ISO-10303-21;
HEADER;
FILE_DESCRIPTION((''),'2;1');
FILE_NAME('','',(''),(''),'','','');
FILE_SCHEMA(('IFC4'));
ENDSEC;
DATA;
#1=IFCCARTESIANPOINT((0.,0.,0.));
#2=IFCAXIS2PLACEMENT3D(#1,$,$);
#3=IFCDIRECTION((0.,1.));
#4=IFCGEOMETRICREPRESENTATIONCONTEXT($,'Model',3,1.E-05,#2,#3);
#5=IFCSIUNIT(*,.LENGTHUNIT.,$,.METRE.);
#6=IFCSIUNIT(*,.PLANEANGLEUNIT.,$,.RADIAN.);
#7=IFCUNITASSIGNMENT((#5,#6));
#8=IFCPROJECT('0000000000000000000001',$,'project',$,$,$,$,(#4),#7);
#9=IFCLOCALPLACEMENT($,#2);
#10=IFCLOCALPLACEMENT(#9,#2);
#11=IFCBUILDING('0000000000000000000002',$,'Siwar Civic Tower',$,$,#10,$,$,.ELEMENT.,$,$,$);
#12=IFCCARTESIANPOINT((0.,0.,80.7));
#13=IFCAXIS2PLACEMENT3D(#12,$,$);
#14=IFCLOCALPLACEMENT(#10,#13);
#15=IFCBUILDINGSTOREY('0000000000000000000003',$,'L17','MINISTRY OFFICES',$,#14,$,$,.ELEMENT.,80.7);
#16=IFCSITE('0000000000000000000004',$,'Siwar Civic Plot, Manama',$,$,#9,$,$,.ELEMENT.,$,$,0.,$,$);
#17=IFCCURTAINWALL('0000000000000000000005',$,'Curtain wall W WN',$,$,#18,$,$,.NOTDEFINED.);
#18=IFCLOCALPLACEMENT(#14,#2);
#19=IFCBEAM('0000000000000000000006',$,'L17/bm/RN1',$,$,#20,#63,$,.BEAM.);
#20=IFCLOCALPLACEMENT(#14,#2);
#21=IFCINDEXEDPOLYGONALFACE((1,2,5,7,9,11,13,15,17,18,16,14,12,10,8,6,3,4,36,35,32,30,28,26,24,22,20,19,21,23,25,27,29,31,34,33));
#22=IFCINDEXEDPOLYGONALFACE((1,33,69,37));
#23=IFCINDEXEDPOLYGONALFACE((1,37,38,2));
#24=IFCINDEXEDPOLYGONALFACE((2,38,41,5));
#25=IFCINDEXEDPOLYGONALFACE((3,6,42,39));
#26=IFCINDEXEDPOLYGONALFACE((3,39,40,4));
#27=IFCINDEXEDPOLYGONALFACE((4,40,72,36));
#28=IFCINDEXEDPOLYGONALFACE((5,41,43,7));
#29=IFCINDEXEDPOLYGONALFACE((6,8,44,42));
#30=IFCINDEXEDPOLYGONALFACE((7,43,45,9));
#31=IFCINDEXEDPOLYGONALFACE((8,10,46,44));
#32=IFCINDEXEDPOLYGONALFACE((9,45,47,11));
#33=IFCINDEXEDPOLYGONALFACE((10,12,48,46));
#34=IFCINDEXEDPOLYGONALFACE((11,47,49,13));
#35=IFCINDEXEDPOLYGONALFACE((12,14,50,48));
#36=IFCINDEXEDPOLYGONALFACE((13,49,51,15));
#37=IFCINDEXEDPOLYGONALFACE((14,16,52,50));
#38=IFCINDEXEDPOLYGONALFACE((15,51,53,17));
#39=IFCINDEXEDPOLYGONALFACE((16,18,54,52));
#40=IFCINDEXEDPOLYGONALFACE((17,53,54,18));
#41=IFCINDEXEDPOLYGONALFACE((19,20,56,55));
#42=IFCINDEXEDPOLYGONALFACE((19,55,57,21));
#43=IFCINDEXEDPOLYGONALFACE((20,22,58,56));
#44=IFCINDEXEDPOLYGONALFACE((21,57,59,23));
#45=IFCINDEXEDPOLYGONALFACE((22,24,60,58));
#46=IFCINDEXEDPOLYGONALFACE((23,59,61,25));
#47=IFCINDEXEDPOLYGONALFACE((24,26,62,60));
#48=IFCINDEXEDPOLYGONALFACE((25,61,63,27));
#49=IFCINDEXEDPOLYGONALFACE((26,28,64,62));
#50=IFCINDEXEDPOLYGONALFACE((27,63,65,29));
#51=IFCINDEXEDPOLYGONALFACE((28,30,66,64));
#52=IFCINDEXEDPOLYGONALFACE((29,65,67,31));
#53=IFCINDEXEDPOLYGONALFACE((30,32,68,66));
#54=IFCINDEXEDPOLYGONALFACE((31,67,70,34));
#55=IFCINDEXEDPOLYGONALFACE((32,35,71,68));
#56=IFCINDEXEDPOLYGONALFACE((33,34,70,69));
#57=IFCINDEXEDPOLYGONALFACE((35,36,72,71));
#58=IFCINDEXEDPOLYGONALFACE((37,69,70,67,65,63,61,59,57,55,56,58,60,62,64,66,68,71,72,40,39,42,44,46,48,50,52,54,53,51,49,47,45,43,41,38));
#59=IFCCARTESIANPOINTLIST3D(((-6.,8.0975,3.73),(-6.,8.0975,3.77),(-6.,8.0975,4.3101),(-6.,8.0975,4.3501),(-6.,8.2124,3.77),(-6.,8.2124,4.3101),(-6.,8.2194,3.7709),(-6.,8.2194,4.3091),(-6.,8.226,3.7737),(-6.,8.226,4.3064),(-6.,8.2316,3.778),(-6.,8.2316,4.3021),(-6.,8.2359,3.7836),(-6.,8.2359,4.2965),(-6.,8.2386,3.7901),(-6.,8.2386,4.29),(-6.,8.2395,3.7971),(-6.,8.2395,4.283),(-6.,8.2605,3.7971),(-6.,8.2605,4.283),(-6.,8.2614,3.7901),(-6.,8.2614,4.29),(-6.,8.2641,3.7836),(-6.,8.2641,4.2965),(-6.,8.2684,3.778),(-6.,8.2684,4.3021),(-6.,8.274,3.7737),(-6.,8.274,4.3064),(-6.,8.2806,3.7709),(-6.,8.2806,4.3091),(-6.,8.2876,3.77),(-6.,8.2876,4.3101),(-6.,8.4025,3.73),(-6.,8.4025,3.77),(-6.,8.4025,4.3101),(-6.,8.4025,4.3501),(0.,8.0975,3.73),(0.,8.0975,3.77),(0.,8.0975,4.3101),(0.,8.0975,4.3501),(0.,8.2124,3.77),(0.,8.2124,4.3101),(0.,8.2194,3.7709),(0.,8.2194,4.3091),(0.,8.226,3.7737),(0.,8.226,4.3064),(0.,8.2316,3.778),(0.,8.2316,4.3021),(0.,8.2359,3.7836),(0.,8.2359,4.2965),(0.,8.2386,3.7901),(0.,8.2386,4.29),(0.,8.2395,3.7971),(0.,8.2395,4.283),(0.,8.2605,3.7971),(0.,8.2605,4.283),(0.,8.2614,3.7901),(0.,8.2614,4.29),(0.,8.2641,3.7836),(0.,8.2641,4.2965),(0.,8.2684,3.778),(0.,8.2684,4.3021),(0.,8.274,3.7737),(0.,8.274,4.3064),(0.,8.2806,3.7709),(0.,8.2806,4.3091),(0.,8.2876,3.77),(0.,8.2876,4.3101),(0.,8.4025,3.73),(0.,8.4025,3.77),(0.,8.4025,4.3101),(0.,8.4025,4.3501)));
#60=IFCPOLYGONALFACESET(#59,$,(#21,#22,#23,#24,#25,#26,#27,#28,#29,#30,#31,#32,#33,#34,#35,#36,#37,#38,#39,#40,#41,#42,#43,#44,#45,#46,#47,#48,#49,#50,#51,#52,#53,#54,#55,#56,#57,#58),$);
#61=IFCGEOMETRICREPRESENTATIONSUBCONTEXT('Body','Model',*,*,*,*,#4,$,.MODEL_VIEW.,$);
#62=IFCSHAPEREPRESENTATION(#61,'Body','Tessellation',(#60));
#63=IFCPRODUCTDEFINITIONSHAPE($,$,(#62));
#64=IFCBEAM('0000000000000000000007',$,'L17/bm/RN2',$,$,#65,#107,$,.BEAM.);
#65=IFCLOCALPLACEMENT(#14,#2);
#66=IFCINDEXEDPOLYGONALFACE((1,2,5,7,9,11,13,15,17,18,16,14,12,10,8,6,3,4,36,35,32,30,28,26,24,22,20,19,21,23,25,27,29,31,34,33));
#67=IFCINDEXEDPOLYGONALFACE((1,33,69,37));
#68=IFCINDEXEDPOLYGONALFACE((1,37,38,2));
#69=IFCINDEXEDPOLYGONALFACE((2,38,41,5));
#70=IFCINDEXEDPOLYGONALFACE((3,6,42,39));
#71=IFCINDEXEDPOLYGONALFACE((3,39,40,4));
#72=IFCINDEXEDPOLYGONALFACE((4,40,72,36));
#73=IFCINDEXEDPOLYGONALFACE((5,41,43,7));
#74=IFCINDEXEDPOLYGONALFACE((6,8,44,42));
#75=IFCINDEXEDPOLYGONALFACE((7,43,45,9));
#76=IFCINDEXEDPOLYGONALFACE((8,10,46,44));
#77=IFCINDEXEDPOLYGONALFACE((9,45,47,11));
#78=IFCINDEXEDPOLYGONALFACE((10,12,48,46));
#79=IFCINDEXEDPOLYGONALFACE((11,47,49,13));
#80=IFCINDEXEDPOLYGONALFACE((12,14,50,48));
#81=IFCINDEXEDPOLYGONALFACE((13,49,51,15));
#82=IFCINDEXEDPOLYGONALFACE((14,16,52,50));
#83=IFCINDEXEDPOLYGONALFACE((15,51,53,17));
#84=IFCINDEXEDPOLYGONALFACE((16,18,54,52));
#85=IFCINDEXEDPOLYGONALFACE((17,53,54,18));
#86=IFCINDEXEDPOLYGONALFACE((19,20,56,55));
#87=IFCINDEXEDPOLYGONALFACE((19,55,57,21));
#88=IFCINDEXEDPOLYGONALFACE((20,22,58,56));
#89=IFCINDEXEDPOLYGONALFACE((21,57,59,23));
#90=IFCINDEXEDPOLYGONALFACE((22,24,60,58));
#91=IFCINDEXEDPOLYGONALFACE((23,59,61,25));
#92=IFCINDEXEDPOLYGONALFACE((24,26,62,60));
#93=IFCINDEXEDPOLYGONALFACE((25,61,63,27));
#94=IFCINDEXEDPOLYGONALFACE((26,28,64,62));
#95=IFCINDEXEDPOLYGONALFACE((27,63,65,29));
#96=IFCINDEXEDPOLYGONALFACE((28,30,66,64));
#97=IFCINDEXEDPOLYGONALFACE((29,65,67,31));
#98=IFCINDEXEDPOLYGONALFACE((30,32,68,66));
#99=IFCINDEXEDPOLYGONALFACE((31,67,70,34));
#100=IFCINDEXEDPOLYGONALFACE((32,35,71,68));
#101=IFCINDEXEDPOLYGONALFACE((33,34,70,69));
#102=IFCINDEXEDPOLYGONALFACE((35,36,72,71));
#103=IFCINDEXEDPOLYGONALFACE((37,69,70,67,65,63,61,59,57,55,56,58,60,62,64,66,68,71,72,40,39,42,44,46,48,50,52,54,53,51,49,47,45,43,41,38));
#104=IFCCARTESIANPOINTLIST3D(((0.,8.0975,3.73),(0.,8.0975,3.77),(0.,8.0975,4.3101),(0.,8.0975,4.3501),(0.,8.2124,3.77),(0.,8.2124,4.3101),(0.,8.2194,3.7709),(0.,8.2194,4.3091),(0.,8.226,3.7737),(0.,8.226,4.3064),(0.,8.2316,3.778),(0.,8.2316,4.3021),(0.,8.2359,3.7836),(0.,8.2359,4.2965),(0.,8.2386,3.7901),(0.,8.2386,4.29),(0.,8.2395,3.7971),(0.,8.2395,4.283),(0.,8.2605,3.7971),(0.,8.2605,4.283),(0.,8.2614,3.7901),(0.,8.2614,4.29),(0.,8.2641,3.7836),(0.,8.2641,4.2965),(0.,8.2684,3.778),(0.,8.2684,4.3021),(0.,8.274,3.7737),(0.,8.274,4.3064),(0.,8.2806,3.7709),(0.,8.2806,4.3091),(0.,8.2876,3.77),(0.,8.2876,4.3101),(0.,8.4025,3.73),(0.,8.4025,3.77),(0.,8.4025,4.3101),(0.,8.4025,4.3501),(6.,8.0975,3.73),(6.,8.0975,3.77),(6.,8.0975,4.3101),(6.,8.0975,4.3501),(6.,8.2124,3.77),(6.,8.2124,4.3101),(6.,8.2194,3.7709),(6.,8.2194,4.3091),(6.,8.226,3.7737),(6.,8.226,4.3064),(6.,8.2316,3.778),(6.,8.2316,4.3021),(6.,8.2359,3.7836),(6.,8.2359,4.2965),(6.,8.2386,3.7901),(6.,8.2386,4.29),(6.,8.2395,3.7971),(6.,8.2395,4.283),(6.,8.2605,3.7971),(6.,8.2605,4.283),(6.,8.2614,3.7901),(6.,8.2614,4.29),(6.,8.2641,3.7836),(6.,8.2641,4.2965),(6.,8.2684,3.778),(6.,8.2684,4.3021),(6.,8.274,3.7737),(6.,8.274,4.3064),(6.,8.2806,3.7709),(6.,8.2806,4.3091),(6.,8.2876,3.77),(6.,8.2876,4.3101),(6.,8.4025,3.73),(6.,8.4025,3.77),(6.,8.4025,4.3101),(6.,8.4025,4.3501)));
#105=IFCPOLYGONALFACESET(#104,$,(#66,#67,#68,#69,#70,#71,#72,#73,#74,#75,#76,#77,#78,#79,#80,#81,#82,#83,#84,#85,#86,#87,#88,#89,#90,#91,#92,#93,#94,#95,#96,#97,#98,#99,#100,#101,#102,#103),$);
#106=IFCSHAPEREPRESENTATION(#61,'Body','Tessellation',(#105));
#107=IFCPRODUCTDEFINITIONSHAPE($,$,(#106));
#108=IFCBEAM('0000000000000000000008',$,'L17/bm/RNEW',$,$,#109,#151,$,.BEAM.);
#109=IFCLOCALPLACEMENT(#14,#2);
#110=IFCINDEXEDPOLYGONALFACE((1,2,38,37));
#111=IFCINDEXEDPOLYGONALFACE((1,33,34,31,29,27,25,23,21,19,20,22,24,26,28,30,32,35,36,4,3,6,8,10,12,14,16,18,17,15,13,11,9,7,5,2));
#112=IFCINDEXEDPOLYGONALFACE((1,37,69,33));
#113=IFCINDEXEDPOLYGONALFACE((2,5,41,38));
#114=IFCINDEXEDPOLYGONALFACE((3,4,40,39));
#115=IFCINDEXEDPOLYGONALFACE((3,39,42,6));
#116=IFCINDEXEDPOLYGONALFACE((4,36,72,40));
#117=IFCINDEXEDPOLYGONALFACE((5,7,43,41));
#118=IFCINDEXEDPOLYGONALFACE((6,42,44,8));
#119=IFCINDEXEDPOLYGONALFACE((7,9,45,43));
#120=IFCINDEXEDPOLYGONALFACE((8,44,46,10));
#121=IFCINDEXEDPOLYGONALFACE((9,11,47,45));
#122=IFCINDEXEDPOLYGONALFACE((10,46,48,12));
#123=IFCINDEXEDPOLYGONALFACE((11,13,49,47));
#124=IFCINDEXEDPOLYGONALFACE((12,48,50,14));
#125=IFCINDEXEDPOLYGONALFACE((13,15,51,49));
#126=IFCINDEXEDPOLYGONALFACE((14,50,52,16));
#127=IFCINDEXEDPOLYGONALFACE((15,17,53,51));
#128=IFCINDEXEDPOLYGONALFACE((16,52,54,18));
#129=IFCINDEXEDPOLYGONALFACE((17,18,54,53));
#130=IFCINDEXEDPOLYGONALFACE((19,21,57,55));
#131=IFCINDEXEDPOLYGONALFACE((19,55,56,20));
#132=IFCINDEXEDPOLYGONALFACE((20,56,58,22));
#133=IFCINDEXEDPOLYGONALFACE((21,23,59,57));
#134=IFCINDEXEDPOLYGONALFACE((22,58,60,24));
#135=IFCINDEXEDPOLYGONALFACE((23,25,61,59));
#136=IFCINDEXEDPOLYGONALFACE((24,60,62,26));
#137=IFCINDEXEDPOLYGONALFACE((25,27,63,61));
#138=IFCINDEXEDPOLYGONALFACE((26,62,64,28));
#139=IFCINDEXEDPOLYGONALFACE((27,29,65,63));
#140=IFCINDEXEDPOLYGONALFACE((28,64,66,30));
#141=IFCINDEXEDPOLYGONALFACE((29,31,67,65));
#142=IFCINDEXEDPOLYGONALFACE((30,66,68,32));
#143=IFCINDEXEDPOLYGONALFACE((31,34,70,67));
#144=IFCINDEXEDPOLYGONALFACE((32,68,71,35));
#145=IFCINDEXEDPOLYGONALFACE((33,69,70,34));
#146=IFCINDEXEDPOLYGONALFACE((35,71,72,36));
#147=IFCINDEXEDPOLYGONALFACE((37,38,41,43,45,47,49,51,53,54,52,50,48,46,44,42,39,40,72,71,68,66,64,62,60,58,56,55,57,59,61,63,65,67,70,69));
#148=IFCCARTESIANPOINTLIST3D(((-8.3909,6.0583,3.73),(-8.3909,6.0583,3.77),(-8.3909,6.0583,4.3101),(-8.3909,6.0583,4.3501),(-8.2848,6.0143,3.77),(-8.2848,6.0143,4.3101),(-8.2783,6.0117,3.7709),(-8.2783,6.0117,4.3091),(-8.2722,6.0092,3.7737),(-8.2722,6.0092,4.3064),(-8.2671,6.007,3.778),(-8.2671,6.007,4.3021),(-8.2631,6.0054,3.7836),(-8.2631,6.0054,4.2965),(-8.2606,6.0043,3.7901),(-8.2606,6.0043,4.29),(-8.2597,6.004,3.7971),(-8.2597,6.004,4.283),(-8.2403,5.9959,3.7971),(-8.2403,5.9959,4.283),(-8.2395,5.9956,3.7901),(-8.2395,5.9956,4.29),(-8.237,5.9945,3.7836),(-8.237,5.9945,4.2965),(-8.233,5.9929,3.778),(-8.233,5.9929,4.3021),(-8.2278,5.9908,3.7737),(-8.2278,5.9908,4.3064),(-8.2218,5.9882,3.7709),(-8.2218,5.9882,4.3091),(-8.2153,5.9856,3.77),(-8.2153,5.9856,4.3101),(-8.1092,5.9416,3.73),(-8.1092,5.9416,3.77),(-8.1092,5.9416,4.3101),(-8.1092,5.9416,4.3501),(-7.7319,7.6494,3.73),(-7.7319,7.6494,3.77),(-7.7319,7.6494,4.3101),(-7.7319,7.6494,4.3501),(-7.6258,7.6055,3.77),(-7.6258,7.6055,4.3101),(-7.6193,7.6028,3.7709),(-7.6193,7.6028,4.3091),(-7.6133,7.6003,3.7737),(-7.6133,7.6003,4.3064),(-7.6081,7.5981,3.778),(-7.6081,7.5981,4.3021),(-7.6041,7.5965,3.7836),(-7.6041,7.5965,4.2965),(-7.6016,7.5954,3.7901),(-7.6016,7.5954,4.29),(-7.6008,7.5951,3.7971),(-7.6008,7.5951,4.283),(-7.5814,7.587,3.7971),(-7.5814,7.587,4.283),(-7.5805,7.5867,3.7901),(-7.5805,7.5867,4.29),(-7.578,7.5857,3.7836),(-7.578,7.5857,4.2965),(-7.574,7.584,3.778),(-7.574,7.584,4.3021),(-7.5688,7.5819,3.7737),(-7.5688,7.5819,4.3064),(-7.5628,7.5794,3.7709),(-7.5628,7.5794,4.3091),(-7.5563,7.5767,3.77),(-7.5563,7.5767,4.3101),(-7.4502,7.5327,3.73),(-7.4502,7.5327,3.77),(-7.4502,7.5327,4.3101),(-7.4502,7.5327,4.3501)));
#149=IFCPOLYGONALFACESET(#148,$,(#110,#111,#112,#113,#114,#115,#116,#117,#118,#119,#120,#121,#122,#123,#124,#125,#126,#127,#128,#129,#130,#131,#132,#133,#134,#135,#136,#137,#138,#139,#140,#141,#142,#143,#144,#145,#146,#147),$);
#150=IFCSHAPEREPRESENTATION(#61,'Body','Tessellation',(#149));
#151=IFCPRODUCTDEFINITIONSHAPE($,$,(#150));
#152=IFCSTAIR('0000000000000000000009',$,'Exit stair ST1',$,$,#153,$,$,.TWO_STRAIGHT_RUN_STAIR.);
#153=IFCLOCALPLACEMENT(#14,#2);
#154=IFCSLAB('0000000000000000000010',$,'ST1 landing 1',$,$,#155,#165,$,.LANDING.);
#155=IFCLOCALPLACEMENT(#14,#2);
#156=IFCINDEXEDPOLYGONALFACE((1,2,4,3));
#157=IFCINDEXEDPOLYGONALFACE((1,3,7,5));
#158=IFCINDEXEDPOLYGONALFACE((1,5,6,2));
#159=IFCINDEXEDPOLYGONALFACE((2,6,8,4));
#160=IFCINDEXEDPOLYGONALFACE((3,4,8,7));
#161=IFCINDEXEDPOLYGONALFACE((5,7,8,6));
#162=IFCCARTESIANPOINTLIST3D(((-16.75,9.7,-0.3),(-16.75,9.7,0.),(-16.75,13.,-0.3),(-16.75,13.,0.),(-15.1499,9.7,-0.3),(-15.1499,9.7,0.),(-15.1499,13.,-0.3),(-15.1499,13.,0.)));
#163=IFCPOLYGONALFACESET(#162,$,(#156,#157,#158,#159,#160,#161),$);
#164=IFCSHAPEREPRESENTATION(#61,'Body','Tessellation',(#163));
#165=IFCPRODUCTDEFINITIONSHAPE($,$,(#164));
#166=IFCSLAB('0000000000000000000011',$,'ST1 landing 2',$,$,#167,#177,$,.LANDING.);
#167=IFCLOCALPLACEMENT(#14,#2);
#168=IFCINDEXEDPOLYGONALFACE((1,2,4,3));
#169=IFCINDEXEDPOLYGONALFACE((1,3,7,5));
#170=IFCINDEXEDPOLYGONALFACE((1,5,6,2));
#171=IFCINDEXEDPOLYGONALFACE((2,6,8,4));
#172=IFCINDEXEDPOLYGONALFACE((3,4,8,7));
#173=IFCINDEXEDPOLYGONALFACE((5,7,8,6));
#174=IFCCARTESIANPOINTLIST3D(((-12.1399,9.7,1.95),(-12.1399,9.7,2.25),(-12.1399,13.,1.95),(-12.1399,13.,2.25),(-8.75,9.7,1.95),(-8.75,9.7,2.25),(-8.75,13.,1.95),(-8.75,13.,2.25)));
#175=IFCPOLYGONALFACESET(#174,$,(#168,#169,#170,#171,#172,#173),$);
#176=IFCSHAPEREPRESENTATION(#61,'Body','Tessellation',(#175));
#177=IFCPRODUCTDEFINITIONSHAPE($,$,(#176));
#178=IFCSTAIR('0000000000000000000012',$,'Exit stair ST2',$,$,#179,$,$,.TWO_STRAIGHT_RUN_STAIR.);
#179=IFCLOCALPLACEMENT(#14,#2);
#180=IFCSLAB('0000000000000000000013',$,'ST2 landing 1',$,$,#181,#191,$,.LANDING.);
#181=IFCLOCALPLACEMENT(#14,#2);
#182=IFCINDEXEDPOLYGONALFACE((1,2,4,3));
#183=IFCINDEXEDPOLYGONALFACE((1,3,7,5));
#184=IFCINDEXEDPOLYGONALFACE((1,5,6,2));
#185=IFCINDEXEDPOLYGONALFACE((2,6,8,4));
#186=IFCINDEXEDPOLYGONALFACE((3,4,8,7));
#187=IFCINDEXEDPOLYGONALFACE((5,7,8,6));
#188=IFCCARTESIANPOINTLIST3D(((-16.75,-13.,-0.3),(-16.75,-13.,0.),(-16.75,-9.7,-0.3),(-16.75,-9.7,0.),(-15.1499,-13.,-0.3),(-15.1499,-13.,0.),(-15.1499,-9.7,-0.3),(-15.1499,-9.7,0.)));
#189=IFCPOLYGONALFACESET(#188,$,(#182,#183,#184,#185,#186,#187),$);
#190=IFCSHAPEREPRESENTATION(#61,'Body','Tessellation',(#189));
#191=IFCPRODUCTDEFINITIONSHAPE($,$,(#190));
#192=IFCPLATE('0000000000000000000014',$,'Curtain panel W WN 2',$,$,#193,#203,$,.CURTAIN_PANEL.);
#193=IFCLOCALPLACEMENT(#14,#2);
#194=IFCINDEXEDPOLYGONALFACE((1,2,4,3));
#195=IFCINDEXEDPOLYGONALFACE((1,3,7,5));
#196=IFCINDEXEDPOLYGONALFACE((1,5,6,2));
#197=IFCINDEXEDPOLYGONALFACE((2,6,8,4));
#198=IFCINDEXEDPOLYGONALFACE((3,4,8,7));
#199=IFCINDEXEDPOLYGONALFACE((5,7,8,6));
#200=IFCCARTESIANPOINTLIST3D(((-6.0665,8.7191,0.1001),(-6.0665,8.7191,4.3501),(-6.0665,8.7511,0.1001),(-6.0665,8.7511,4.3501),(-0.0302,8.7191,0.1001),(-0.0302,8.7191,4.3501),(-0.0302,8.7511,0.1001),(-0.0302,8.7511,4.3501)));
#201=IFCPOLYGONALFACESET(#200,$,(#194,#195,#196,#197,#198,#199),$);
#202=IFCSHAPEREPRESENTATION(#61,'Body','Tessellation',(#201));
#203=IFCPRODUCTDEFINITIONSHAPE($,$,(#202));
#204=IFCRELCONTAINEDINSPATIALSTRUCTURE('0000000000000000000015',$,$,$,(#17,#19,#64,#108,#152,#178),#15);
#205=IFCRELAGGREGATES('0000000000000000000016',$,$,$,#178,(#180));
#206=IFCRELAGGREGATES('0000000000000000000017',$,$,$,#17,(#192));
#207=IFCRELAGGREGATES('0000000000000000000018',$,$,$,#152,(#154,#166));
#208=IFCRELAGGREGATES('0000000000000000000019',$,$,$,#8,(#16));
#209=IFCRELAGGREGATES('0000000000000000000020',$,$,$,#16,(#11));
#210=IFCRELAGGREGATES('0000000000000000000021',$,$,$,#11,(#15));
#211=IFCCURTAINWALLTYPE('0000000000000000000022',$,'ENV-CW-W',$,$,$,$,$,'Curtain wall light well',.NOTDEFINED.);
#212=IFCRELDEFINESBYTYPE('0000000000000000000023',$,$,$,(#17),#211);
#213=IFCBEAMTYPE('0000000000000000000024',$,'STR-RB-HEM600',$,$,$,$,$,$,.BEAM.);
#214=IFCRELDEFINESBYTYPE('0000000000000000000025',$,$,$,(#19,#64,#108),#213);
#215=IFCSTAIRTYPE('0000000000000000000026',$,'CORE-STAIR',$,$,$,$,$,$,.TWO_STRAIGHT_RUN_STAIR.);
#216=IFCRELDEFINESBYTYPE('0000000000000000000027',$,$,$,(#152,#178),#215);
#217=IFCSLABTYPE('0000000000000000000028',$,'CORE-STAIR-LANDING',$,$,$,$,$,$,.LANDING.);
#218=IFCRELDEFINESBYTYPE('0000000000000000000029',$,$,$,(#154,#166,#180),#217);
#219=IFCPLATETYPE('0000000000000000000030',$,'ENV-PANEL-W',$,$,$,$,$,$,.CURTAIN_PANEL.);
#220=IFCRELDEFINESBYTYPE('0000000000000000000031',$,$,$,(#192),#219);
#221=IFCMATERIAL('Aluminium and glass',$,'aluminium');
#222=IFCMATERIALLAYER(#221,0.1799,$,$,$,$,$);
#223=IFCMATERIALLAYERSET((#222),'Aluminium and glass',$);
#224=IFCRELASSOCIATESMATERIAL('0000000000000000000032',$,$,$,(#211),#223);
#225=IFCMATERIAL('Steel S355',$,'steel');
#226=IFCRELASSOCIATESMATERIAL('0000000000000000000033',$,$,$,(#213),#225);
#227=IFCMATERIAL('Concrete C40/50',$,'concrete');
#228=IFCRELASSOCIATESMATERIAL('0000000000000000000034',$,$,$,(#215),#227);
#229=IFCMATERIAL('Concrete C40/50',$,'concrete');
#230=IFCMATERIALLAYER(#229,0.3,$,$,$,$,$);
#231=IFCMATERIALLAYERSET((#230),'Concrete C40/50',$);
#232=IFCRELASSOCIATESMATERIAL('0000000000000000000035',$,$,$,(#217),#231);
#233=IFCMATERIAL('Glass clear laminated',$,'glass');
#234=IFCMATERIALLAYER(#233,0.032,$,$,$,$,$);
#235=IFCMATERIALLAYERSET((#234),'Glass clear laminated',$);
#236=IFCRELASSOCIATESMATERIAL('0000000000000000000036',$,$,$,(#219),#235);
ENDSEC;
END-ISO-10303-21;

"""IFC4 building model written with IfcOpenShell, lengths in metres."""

from ifc_helpers import new_model, si_unit, direction, frame, origin, origin_2d, place, context, subcontext, project, spatial, polyline, rectangle, i_section, outline, extrude, material, layer, layer_set, material_profile, profile_set, type_object, element, aggregate, save


model = new_model("IFC4")

# Units and contexts
model_context = context("Model", 3, precision=1e-05, world=origin(), true_north=direction((0.0, 1.0)))
body_context = subcontext(model_context, "Body", "Model", "MODEL_VIEW")
ifc_project = project(units=[si_unit("LENGTHUNIT", "METRE"), si_unit("PLANEANGLEUNIT", "RADIAN")], contexts=[model_context])

# Site, building, storey
site_placement = place(None, origin())
site = spatial("IfcSite", under=ifc_project, at=site_placement, Name="Siwar Civic Plot, Manama", CompositionType="ELEMENT", RefElevation=0.0)
building_placement = place(site_placement, origin())
building = spatial("IfcBuilding", under=site, at=building_placement, Name="Siwar Civic Tower", CompositionType="ELEMENT")
storey_placement = place(building_placement, frame((0.0, 0.0, 80.7)))
storey = spatial("IfcBuildingStorey", under=building, at=storey_placement, Name="L17", Description="MINISTRY OFFICES", CompositionType="ELEMENT", Elevation=80.7)

# Curtain wall
ifc_material_1 = material(Name="Aluminium and glass", Category="aluminium")
ifc_layer_1 = layer(ifc_material_1, 0.1799)
ifc_layer_set_1 = layer_set([ifc_layer_1], Name="Aluminium and glass")
curtain_wall_type = type_object("IfcCurtainWallType", Name="ENV-CW-W", ElementType="Curtain wall light well", PredefinedType="NOTDEFINED", material=ifc_layer_set_1)
curtain_wall_placement = place(storey_placement, origin())
curtain_wall = element("IfcCurtainWall", 1, at=curtain_wall_placement, inside=storey, type_object=curtain_wall_type, Name="Curtain wall W WN", PredefinedType="NOTDEFINED")

# Beams
ifc_material_2 = material(Name="Steel S355", Category="steel")
ifc_material_profile_1 = material_profile(ifc_material_2, i_section(OverallWidth=0.3049, OverallDepth=0.6201, WebThickness=0.021, FlangeThickness=0.04, FilletRadius=0.0271, at=origin_2d()), Name="HEM600")
ifc_profile_set_1 = profile_set([ifc_material_profile_1], Name="Steel S355")
beam_type_1 = type_object("IfcBeamType", Name="STR-RB-HEM600", PredefinedType="BEAM", material=ifc_profile_set_1)
for number, where, z_axis, x_axis, name in (
    (2, (-6.0, 8.25, 4.04), (1.0, 0.0, 0.0), (0.0, 1.0, 0.0), "L17/bm/RN1"),
    (3, (0.0, 8.25, 4.04), (1.0, 0.0, 0.0), (0.0, 1.0, 0.0), "L17/bm/RN2"),
):
    element("IfcBeam", number, at=place(storey_placement, frame(where, z_axis=z_axis, x_axis=x_axis)), inside=storey, type_object=beam_type_1, Name=name, PredefinedType="BEAM", context=body_context, shape_type="SweptSolid", body=[
        extrude(i_section(OverallWidth=0.3049, OverallDepth=0.6201, WebThickness=0.021, FlangeThickness=0.04, FilletRadius=0.0271, at=origin_2d()), origin(), (0.0, 0.0, 1.0), 6.0),
    ])
beam_1_placement = place(storey_placement, frame((-7.5911, 7.5911, 4.04), z_axis=(-0.382631, -0.923901, 0.0), x_axis=(0.923901, -0.382631, 0.0)))
element("IfcBeam", 4, at=beam_1_placement, inside=storey, type_object=beam_type_1, Name="L17/bm/RNEW", PredefinedType="BEAM", context=body_context, shape_type="SweptSolid", body=[
    extrude(i_section(OverallWidth=0.3049, OverallDepth=0.6201, WebThickness=0.021, FlangeThickness=0.04, FilletRadius=0.0271, at=origin_2d()), origin(), (0.0, 0.0, 1.0), 1.7222),
])

# Stair, slabs
ifc_material_3 = material(Name="Concrete C40/50", Category="concrete")
stair_type = type_object("IfcStairType", Name="CORE-STAIR", PredefinedType="TWO_STRAIGHT_RUN_STAIR", material=ifc_material_3)
stair_1_placement = place(storey_placement, origin())
stair_1 = element("IfcStair", 5, at=stair_1_placement, inside=storey, type_object=stair_type, Name="Exit stair ST1", PredefinedType="TWO_STRAIGHT_RUN_STAIR")
ifc_material_4 = material(Name="Concrete C40/50", Category="concrete")
ifc_layer_2 = layer(ifc_material_4, 0.3)
ifc_layer_set_2 = layer_set([ifc_layer_2], Name="Concrete C40/50")
slab_type_1 = type_object("IfcSlabType", Name="CORE-STAIR-LANDING", PredefinedType="LANDING", material=ifc_layer_set_2)
slab_1_placement = place(storey_placement, frame((0.0, 0.0, -0.3)))
slab_1 = element("IfcSlab", 6, at=slab_1_placement, type_object=slab_type_1, Name="ST1 landing 1", PredefinedType="LANDING", context=body_context, shape_type="SweptSolid", body=[
    extrude(outline(polyline([(-15.1499, 13.0), (-16.75, 13.0), (-16.75, 9.7), (-15.1499, 9.7), (-15.1499, 13.0)])), origin(), (0.0, 0.0, 1.0), 0.3),
])
slab_2_placement = place(storey_placement, frame((0.0, 0.0, 1.95)))
slab_2 = element("IfcSlab", 7, at=slab_2_placement, type_object=slab_type_1, Name="ST1 landing 2", PredefinedType="LANDING", context=body_context, shape_type="SweptSolid", body=[
    extrude(outline(polyline([(-8.75, 13.0), (-12.1399, 13.0), (-12.1399, 9.7), (-8.75, 9.7), (-8.75, 13.0)])), origin(), (0.0, 0.0, 1.0), 0.3),
])

# Stair, slab
stair_2_placement = place(storey_placement, origin())
stair_2 = element("IfcStair", 8, at=stair_2_placement, inside=storey, type_object=stair_type, Name="Exit stair ST2", PredefinedType="TWO_STRAIGHT_RUN_STAIR")
slab_3_placement = place(storey_placement, frame((0.0, 0.0, -0.3)))
slab_3 = element("IfcSlab", 9, at=slab_3_placement, type_object=slab_type_1, Name="ST2 landing 1", PredefinedType="LANDING", context=body_context, shape_type="SweptSolid", body=[
    extrude(outline(polyline([(-15.1499, -9.7), (-16.75, -9.7), (-16.75, -13.0), (-15.1499, -13.0), (-15.1499, -9.7)])), origin(), (0.0, 0.0, 1.0), 0.3),
])
aggregate(stair_2, [slab_3])

# Plate
ifc_material_5 = material(Name="Glass clear laminated", Category="glass")
ifc_layer_3 = layer(ifc_material_5, 0.032)
ifc_layer_set_3 = layer_set([ifc_layer_3], Name="Glass clear laminated")
plate_type = type_object("IfcPlateType", Name="ENV-PANEL-W", PredefinedType="CURTAIN_PANEL", material=ifc_layer_set_3)
plate_placement = place(storey_placement, frame((-3.0483, 8.7351, 0.1001), z_axis=(0.0, 0.0, 1.0), x_axis=(-1.0, 0.0, 0.0)))
plate = element("IfcPlate", 10, at=plate_placement, type_object=plate_type, Name="Curtain panel W WN 2", PredefinedType="CURTAIN_PANEL", context=body_context, shape_type="SweptSolid", body=[
    extrude(rectangle(XDim=6.0364, YDim=0.032, at=origin_2d()), origin(), (0.0, 0.0, 1.0), 4.25),
])
aggregate(curtain_wall, [plate])

aggregate(stair_1, [slab_1, slab_2])

save(model, "model.ifc")
